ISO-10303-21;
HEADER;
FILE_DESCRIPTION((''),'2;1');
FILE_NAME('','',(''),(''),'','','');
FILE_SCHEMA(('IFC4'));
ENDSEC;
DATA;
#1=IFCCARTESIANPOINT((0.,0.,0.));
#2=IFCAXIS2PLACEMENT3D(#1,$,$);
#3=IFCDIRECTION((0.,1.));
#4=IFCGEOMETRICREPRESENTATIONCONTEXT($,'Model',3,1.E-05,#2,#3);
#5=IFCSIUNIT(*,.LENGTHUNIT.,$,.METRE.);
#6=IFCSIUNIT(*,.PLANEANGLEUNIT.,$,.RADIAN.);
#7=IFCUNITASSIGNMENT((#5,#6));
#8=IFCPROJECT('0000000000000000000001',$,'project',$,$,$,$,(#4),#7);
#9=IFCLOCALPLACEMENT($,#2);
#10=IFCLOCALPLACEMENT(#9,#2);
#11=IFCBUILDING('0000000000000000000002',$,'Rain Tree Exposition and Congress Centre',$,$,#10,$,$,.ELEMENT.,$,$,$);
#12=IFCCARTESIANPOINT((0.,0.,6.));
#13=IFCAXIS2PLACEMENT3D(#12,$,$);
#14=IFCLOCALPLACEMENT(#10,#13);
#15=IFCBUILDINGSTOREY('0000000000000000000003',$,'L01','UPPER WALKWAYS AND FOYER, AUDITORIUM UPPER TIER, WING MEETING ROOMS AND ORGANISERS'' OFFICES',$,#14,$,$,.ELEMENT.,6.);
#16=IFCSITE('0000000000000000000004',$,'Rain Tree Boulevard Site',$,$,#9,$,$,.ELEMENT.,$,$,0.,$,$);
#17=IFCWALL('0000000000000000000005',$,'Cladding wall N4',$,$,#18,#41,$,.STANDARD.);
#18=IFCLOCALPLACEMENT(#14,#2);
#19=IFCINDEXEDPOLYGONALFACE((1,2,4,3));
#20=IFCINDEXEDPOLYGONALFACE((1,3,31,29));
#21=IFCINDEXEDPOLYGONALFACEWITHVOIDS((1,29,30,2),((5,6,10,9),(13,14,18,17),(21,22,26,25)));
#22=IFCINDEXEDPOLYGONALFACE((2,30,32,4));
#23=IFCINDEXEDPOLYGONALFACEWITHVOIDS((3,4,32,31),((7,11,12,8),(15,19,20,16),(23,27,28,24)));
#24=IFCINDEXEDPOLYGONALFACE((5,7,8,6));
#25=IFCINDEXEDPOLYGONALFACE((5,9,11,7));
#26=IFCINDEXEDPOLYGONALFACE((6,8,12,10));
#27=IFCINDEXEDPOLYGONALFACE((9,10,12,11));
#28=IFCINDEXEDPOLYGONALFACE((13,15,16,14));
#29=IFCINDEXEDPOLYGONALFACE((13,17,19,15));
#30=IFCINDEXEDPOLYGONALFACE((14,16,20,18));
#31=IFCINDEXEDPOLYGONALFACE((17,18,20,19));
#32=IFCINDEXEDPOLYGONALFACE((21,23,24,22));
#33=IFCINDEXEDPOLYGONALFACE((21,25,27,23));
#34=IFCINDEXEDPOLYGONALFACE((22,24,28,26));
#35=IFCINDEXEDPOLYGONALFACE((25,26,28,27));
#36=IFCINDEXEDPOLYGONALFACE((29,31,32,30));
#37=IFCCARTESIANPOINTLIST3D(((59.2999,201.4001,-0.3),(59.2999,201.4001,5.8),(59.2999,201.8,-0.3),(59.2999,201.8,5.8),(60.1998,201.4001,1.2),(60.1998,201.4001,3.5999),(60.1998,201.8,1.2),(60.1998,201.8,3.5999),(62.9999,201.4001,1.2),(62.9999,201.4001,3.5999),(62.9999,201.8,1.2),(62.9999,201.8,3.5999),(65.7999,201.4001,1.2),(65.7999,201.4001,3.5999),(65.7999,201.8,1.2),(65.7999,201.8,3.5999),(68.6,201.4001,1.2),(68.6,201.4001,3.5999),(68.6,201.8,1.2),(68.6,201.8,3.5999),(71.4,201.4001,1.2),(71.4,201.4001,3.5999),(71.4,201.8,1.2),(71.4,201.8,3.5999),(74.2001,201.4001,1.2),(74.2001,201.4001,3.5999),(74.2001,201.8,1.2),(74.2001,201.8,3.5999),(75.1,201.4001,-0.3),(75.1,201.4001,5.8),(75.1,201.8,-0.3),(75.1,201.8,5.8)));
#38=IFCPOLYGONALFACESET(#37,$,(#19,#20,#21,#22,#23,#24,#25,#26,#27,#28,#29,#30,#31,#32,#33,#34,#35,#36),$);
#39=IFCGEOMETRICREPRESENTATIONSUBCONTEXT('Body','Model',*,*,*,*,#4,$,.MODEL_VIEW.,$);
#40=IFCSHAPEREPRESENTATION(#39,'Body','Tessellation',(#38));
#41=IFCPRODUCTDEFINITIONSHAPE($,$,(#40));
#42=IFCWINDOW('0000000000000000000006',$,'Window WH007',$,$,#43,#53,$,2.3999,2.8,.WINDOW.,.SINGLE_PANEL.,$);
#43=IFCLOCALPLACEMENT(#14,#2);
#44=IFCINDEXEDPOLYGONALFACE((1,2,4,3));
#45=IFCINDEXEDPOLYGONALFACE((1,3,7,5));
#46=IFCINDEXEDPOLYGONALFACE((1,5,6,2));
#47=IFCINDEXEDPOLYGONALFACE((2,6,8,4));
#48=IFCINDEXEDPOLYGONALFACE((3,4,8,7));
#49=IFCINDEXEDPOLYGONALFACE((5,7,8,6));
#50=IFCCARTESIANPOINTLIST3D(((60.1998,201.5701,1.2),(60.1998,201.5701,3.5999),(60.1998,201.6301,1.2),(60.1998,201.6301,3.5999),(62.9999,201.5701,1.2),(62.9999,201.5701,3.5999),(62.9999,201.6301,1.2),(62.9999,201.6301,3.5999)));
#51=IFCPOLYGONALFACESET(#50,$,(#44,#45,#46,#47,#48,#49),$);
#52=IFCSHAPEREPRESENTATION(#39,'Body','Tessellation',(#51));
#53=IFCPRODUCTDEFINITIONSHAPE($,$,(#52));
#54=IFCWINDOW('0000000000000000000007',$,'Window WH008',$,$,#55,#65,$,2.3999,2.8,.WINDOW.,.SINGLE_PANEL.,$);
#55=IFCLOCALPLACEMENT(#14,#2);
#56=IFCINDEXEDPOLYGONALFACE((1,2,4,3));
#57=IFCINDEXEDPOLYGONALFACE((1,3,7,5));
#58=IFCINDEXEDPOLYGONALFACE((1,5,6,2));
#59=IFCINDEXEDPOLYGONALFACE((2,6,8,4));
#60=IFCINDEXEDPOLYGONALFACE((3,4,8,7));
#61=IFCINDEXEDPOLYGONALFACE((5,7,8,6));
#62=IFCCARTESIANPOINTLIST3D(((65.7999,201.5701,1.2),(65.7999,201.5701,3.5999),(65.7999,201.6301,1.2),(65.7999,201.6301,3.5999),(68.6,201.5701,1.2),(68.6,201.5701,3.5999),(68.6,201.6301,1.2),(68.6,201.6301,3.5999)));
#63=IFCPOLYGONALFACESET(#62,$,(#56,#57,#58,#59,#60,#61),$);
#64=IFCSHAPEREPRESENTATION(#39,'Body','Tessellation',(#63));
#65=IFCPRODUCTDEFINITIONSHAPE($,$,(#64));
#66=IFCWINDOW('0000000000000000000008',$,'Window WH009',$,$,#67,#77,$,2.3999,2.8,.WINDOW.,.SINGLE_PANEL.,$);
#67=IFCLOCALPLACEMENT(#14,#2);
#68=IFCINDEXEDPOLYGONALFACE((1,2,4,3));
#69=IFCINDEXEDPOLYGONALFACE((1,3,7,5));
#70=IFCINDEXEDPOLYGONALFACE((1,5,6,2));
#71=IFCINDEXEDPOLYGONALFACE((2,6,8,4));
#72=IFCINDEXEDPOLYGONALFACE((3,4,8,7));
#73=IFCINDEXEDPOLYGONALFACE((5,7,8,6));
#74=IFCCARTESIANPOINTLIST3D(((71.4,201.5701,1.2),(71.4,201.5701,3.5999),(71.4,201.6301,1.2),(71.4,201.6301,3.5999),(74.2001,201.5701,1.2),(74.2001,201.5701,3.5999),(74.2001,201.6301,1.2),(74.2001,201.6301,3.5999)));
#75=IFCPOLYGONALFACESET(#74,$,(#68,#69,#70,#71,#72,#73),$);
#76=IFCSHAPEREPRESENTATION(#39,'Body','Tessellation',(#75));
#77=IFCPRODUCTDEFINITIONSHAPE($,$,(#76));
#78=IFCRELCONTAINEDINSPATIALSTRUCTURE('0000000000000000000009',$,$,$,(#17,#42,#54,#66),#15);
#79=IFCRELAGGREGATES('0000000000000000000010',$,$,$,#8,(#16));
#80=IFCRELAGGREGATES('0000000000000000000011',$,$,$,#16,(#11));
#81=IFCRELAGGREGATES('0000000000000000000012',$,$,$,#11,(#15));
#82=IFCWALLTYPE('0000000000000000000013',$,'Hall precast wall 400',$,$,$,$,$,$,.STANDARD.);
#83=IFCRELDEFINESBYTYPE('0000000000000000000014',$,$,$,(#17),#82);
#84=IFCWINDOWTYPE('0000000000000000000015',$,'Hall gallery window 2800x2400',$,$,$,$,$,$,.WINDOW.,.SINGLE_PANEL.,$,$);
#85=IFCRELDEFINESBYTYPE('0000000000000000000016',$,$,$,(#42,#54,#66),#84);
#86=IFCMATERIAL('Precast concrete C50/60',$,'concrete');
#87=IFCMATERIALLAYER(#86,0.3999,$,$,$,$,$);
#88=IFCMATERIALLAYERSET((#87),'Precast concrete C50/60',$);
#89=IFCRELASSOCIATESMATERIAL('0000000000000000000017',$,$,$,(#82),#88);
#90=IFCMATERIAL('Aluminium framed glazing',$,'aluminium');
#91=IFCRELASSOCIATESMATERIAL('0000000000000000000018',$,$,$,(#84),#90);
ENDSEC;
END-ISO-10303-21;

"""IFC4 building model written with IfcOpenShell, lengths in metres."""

from ifc_helpers import new_model, si_unit, direction, frame, frame_2d, origin, place, context, subcontext, project, spatial, rectangle, extrude, material, layer, layer_set, type_object, element, fill, save


model = new_model("IFC4")

# Units and contexts
model_context = context("Model", 3, precision=1e-05, world=origin(), true_north=direction((0.0, 1.0)))
body_context = subcontext(model_context, "Body", "Model", "MODEL_VIEW")
ifc_project = project(units=[si_unit("LENGTHUNIT", "METRE"), si_unit("PLANEANGLEUNIT", "RADIAN")], contexts=[model_context])

# Site, building, storey
site_placement = place(None, origin())
site = spatial("IfcSite", under=ifc_project, at=site_placement, Name="Rain Tree Boulevard Site", CompositionType="ELEMENT", RefElevation=0.0)
building_placement = place(site_placement, origin())
building = spatial("IfcBuilding", under=site, at=building_placement, Name="Rain Tree Exposition and Congress Centre", CompositionType="ELEMENT")
storey_placement = place(building_placement, frame((0.0, 0.0, 6.0)))
storey = spatial("IfcBuildingStorey", under=building, at=storey_placement, Name="L01", Description="UPPER WALKWAYS AND FOYER, AUDITORIUM UPPER TIER, WING MEETING ROOMS AND ORGANISERS' OFFICES", CompositionType="ELEMENT", Elevation=6.0)

# Shared definitions
ifc_material_1 = material(Name="Precast concrete C50/60", Category="concrete")
ifc_layer_1 = layer(ifc_material_1, 0.3999)
ifc_layer_set_1 = layer_set([ifc_layer_1], Name="Precast concrete C50/60")
wall_type_1 = type_object("IfcWallType", Name="Hall precast wall 400", PredefinedType="STANDARD", material=ifc_layer_set_1)

# Wall, openings, windows
ifc_material_2 = material(Name="Aluminium framed glazing", Category="aluminium")
window_type = type_object("IfcWindowType", Name="Hall gallery window 2800x2400", PartitioningType="SINGLE_PANEL", PredefinedType="WINDOW", material=ifc_material_2)
wall_1_placement = place(storey_placement, frame((59.3, 201.6001, -0.3), z_axis=(0.0, 0.0, 1.0), x_axis=(1.0, 0.0, 0.0)))
wall_1 = element("IfcWall", 1, at=wall_1_placement, inside=storey, type_object=wall_type_1, Name="Cladding wall N4", PredefinedType="STANDARD", context=body_context, shape_type="SweptSolid", body=[
    extrude(rectangle(XDim=15.8, YDim=0.3999, at=frame_2d((7.8999, 0.0))), origin(), (0.0, 0.0, 1.0), 6.1001),
])
opening_1_placement = place(wall_1_placement, frame((0.8999, 0.0, 1.5)))
opening_1 = element("IfcOpeningElement", 2, at=opening_1_placement, cuts=wall_1, PredefinedType="OPENING", context=body_context, shape_type="SweptSolid", body=[
    extrude(rectangle(XDim=2.8, YDim=2.3999, at=frame_2d((1.3999, 1.2))), frame((0.0, 0.2, 0.0), z_axis=(0.0, -1.0, 0.0), x_axis=(1.0, 0.0, 0.0)), (0.0, 0.0, 1.0), 0.3999),
])
opening_2_placement = place(wall_1_placement, frame((6.5, 0.0, 1.5)))
opening_2 = element("IfcOpeningElement", 3, at=opening_2_placement, cuts=wall_1, PredefinedType="OPENING", context=body_context, shape_type="SweptSolid", body=[
    extrude(rectangle(XDim=2.8, YDim=2.3999, at=frame_2d((1.3999, 1.2))), frame((0.0, 0.2, 0.0), z_axis=(0.0, -1.0, 0.0), x_axis=(1.0, 0.0, 0.0)), (0.0, 0.0, 1.0), 0.3999),
])
opening_3_placement = place(wall_1_placement, frame((12.1001, 0.0, 1.5)))
opening_3 = element("IfcOpeningElement", 4, at=opening_3_placement, cuts=wall_1, PredefinedType="OPENING", context=body_context, shape_type="SweptSolid", body=[
    extrude(rectangle(XDim=2.8, YDim=2.3999, at=frame_2d((1.3999, 1.2))), frame((0.0, 0.2, 0.0), z_axis=(0.0, -1.0, 0.0), x_axis=(1.0, 0.0, 0.0)), (0.0, 0.0, 1.0), 0.3999),
])
window_1_placement = place(opening_1_placement, origin())
window_1 = element("IfcWindow", 5, at=window_1_placement, inside=storey, type_object=window_type, Name="Window WH007", OverallHeight=2.3999, OverallWidth=2.8, PartitioningType="SINGLE_PANEL", PredefinedType="WINDOW", context=body_context, shape_type="SweptSolid", body=[
    extrude(rectangle(XDim=2.8, YDim=2.3999, at=frame_2d((1.3999, 1.2))), frame((0.0, 0.03, 0.0), z_axis=(0.0, -1.0, 0.0), x_axis=(1.0, 0.0, 0.0)), (0.0, 0.0, 1.0), 0.0601),
])
fill(opening_1, window_1)
window_2_placement = place(opening_2_placement, origin())
window_2 = element("IfcWindow", 6, at=window_2_placement, inside=storey, type_object=window_type, Name="Window WH008", OverallHeight=2.3999, OverallWidth=2.8, PartitioningType="SINGLE_PANEL", PredefinedType="WINDOW", context=body_context, shape_type="SweptSolid", body=[
    extrude(rectangle(XDim=2.8, YDim=2.3999, at=frame_2d((1.3999, 1.2))), frame((0.0, 0.03, 0.0), z_axis=(0.0, -1.0, 0.0), x_axis=(1.0, 0.0, 0.0)), (0.0, 0.0, 1.0), 0.0601),
])
fill(opening_2, window_2)
window_3_placement = place(opening_3_placement, origin())
window_3 = element("IfcWindow", 7, at=window_3_placement, inside=storey, type_object=window_type, Name="Window WH009", OverallHeight=2.3999, OverallWidth=2.8, PartitioningType="SINGLE_PANEL", PredefinedType="WINDOW", context=body_context, shape_type="SweptSolid", body=[
    extrude(rectangle(XDim=2.8, YDim=2.3999, at=frame_2d((1.3999, 1.2))), frame((0.0, 0.03, 0.0), z_axis=(0.0, -1.0, 0.0), x_axis=(1.0, 0.0, 0.0)), (0.0, 0.0, 1.0), 0.0601),
])
fill(opening_3, window_3)

save(model, "model.ifc")
